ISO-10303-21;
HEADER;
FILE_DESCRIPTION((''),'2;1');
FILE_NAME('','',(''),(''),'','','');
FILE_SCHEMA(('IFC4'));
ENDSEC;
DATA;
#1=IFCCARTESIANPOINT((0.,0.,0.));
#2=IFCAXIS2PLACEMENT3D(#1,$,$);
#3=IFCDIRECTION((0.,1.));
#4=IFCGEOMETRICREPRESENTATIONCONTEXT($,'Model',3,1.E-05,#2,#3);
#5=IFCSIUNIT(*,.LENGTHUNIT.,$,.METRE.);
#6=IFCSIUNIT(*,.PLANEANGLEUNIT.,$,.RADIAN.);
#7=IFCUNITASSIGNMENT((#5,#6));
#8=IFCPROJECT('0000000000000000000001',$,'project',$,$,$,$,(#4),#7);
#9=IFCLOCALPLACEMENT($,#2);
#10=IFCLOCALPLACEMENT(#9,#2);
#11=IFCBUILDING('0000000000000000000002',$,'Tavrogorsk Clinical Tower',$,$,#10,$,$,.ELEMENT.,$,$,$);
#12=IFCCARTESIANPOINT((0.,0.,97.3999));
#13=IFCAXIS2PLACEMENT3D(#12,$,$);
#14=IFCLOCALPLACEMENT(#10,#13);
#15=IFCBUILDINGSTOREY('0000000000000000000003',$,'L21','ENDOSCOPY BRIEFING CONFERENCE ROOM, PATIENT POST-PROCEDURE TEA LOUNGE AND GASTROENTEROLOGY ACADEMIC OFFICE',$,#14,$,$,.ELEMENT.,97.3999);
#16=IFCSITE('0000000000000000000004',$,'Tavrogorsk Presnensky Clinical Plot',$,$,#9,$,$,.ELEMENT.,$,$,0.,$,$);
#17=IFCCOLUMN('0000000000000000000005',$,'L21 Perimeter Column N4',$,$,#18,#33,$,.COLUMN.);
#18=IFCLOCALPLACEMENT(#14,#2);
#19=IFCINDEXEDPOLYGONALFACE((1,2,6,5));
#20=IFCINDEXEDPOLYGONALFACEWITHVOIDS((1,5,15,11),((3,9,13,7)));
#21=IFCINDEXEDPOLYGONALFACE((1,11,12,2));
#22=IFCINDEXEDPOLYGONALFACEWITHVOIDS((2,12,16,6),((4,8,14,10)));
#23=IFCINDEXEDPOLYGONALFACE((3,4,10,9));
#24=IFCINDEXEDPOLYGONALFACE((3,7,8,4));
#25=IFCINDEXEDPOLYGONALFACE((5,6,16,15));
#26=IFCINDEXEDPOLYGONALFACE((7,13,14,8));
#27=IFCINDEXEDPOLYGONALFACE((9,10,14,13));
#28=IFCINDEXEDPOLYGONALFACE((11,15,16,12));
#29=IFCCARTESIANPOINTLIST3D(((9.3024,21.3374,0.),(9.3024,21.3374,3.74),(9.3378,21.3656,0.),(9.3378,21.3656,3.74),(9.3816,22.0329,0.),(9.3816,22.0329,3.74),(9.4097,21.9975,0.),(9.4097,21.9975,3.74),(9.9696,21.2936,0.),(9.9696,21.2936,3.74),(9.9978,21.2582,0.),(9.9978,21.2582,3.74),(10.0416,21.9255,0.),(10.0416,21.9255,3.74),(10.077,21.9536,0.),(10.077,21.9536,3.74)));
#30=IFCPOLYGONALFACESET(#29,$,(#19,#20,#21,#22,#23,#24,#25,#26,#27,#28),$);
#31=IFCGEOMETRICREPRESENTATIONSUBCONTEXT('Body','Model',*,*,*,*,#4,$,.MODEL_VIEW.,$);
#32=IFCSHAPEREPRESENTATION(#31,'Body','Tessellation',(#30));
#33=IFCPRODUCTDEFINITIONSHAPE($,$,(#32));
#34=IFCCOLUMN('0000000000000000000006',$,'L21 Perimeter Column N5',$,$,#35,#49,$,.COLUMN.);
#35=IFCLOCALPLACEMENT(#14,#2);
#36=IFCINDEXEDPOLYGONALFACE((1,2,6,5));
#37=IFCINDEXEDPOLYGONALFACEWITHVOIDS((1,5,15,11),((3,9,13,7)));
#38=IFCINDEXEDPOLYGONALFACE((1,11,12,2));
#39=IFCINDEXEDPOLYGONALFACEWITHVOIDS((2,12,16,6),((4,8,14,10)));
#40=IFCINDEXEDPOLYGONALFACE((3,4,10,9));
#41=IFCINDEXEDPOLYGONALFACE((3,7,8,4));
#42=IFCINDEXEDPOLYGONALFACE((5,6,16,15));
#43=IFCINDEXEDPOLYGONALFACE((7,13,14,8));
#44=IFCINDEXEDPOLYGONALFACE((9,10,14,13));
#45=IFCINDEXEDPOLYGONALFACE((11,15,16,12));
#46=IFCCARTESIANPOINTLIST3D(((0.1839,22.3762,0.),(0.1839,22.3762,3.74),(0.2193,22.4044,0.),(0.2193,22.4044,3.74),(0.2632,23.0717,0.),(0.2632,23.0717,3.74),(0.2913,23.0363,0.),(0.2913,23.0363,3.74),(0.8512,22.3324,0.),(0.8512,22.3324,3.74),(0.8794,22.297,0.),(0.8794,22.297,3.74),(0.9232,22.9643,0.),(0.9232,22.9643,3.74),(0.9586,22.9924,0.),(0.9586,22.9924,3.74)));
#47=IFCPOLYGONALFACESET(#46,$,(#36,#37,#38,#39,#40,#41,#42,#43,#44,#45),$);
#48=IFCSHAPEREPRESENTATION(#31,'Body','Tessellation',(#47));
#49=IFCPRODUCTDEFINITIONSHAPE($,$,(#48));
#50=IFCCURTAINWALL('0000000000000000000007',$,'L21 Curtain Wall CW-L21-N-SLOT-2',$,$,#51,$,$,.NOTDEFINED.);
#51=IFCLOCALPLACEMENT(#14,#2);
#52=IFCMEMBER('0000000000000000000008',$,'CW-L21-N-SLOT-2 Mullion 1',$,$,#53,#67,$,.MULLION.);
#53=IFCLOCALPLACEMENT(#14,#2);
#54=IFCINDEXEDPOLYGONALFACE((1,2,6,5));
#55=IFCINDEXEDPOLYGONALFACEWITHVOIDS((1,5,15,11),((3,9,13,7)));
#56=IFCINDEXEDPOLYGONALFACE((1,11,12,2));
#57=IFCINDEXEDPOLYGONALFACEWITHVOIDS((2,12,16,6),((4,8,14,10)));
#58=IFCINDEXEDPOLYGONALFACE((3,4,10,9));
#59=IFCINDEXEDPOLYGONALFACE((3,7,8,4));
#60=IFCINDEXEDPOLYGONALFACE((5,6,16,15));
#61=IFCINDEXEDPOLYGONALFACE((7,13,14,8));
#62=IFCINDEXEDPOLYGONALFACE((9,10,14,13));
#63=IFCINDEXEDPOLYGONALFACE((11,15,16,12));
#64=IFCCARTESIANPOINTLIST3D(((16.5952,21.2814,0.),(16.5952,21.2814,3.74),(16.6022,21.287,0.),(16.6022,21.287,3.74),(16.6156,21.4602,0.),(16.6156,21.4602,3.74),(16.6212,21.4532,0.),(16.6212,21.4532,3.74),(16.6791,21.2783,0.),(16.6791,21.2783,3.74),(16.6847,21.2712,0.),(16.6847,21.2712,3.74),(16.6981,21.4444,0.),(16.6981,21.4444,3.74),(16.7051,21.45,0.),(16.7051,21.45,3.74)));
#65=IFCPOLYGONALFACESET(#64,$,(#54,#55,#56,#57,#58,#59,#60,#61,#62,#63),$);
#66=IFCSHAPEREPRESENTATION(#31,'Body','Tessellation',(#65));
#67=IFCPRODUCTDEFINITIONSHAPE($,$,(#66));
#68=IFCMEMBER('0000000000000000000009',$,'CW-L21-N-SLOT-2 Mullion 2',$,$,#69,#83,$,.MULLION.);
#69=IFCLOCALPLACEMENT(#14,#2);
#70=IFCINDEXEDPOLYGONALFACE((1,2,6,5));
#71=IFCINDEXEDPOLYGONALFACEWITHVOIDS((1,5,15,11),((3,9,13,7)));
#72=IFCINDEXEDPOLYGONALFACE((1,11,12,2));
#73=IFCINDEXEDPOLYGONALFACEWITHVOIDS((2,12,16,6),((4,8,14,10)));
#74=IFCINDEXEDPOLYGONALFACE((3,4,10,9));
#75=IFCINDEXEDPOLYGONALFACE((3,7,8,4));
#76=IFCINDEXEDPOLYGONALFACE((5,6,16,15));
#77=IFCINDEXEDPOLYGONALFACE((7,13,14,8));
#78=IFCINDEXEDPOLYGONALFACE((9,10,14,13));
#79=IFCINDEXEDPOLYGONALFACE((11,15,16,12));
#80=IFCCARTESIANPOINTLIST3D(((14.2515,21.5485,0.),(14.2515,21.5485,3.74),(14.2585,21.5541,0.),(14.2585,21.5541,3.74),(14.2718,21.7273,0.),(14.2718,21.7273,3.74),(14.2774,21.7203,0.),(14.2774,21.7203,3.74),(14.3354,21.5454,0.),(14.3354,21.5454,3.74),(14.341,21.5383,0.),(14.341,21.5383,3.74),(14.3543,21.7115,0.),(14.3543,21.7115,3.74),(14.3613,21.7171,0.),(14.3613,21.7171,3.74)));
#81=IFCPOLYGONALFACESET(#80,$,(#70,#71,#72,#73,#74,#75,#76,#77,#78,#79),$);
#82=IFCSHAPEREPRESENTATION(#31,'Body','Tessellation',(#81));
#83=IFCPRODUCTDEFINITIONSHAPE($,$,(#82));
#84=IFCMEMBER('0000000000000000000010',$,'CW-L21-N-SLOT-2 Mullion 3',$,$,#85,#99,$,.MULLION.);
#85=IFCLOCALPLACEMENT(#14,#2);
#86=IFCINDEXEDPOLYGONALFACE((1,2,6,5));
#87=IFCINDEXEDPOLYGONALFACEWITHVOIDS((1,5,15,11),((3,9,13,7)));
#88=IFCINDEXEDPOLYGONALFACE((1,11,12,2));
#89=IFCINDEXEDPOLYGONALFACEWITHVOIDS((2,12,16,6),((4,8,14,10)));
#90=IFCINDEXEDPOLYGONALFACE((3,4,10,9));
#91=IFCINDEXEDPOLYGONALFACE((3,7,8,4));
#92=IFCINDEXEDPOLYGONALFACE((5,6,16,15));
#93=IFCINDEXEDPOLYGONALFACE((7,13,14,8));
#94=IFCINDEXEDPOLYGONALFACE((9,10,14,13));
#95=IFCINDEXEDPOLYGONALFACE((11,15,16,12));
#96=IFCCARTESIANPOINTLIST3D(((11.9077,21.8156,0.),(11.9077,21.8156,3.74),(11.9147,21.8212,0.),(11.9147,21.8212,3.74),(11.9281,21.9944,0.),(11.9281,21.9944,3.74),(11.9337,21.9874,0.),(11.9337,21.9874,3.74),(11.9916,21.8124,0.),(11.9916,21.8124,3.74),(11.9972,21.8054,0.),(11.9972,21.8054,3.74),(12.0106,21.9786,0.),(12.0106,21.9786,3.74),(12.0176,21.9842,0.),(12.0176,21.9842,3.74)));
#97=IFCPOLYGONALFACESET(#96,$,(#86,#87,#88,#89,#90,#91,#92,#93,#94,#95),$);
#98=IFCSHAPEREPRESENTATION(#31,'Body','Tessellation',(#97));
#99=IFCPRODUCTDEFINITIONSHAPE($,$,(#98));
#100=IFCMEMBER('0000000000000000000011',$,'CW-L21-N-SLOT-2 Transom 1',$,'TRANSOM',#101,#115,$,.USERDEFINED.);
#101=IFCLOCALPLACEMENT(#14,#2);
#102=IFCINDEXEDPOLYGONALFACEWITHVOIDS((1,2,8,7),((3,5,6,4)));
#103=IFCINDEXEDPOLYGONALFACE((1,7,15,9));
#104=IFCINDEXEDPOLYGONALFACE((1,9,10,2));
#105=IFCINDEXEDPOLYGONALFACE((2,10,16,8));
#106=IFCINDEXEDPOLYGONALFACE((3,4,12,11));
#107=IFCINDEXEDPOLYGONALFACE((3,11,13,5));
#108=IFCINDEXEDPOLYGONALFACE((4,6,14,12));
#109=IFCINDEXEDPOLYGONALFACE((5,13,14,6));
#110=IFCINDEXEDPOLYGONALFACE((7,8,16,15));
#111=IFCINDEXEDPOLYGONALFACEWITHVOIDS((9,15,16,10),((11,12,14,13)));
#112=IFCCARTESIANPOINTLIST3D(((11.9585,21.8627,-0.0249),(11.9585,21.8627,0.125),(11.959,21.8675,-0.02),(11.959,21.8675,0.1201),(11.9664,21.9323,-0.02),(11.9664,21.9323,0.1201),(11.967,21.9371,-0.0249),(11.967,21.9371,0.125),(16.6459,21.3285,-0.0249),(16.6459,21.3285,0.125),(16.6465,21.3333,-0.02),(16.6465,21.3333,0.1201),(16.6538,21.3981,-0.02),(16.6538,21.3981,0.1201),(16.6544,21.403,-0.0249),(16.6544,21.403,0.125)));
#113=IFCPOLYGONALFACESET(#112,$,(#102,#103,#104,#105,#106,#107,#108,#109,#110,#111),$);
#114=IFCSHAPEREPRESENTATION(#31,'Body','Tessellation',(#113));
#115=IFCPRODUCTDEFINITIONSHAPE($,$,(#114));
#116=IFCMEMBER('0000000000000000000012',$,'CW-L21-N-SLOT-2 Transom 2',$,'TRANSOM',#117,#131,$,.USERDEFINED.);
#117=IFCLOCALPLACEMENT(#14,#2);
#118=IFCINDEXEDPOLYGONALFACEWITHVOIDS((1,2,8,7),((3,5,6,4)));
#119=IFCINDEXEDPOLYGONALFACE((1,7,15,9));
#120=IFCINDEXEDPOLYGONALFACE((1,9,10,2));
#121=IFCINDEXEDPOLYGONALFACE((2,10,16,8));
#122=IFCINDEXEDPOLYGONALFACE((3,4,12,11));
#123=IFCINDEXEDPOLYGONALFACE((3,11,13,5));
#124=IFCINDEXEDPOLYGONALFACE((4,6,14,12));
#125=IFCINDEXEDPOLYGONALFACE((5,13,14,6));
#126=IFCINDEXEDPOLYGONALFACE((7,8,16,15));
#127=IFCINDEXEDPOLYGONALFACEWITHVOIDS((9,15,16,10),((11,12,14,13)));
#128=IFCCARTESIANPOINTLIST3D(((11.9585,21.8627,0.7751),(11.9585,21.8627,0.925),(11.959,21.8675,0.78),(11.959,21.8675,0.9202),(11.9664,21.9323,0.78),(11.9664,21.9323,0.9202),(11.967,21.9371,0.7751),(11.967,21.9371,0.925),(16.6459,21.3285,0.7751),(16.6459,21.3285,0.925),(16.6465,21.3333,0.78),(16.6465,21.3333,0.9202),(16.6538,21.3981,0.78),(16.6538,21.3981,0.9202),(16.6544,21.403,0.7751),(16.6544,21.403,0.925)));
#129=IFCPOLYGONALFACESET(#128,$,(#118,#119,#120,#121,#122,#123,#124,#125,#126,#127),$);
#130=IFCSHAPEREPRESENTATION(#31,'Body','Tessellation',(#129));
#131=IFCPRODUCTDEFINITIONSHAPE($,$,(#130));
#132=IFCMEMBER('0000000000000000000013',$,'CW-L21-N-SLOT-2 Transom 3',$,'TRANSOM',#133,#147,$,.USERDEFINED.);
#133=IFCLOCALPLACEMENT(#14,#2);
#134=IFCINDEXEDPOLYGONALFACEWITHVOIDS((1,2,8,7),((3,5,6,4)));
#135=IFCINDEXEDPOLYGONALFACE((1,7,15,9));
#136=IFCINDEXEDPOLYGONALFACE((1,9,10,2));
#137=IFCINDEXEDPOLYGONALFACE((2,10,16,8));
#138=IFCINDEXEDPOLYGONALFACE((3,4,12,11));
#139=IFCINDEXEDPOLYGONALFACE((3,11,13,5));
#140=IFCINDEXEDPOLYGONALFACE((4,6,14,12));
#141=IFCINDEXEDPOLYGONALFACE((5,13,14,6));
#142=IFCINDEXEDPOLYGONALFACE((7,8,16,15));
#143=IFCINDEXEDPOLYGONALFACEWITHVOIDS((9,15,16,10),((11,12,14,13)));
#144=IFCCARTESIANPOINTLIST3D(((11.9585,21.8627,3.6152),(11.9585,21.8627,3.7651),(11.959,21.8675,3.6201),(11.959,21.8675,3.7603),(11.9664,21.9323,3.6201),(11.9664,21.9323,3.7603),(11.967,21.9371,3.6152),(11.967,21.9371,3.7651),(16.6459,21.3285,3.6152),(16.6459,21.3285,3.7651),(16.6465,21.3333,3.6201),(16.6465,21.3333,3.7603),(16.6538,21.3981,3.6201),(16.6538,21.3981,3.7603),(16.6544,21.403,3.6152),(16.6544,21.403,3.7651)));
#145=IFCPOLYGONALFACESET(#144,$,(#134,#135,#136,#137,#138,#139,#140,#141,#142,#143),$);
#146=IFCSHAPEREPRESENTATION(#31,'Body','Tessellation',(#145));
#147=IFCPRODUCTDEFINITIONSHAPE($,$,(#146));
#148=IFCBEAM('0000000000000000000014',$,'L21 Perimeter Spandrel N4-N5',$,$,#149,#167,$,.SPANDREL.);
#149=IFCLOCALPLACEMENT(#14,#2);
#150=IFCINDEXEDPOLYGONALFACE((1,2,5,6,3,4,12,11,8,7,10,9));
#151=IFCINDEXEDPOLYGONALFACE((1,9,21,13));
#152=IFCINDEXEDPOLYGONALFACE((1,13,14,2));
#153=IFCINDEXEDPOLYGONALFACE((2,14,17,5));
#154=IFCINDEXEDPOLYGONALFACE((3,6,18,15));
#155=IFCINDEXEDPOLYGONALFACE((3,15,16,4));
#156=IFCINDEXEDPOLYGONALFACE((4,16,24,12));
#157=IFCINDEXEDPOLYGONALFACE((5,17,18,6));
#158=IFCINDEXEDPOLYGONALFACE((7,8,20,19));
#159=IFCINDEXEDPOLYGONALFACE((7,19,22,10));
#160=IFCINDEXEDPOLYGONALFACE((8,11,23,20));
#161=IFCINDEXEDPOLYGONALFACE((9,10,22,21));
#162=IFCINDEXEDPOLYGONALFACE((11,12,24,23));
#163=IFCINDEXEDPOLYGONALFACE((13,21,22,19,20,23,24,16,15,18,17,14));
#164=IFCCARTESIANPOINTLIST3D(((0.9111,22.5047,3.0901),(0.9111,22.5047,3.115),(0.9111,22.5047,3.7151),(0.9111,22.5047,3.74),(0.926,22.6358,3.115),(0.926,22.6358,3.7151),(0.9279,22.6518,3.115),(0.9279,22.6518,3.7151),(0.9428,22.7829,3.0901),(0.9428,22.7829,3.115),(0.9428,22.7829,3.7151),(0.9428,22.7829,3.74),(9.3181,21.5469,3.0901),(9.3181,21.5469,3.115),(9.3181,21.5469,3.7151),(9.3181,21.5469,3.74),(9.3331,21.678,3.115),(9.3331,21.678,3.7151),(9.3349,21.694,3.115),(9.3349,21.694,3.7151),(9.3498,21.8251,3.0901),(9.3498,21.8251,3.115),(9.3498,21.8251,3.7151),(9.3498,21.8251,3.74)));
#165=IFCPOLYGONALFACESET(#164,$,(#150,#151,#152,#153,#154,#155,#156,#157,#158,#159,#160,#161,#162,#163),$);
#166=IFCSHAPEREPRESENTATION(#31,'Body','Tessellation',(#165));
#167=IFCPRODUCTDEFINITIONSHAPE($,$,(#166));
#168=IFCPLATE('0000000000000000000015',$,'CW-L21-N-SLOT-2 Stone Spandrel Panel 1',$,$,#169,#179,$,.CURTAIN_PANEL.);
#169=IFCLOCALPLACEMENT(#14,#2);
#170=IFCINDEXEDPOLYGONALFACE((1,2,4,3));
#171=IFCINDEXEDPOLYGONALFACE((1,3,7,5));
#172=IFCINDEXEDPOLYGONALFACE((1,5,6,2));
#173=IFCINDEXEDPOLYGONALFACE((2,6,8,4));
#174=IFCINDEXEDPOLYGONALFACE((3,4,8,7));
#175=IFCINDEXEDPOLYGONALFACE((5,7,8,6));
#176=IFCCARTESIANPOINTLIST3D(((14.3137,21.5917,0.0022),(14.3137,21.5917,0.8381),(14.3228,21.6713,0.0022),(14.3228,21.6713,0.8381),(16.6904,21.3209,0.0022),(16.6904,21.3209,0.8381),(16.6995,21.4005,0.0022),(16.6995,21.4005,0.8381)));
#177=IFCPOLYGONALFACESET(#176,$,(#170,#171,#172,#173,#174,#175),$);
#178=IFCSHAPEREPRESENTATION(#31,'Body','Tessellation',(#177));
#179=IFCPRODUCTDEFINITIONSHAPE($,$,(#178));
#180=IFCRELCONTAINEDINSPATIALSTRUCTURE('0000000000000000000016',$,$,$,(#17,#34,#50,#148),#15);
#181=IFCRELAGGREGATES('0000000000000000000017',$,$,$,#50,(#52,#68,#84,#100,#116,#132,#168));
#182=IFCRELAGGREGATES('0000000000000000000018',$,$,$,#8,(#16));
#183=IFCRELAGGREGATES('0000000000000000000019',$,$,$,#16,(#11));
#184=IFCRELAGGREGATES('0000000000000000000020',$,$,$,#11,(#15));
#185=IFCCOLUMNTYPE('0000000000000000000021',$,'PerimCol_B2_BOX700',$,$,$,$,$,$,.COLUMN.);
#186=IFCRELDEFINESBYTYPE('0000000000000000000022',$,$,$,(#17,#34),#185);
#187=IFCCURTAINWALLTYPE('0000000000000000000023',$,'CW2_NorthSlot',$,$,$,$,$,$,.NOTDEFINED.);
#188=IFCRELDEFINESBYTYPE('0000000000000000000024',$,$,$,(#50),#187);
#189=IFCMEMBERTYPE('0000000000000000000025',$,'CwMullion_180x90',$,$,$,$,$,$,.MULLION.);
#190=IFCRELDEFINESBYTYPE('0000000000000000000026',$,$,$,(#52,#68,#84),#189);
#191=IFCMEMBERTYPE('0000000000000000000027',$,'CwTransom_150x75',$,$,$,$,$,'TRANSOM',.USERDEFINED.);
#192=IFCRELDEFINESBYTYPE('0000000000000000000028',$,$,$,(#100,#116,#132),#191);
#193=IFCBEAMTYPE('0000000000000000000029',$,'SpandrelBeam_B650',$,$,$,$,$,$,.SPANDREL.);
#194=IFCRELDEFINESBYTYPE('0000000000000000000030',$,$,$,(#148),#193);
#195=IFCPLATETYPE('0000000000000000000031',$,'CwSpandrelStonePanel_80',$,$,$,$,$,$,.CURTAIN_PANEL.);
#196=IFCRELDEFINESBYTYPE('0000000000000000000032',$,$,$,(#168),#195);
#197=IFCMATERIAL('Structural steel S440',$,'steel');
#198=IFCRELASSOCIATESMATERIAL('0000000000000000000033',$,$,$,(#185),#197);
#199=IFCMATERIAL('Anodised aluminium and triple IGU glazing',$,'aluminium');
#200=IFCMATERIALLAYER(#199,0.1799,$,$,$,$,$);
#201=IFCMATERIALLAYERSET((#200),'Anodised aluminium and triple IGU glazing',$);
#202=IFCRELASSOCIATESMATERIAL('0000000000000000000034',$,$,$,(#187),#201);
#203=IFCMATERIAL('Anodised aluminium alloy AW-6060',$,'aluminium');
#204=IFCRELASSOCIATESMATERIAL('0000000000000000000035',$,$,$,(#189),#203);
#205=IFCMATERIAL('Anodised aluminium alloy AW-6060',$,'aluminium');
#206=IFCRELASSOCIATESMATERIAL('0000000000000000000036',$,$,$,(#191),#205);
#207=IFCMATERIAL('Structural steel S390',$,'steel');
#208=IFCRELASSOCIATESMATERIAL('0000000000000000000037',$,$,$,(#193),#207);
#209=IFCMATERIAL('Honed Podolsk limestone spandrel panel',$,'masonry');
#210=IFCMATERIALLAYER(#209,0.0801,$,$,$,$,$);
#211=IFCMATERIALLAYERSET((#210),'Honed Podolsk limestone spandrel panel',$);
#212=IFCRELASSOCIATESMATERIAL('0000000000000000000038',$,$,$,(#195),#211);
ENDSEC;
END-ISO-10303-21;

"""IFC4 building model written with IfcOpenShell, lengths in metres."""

from ifc_helpers import new_model, si_unit, direction, frame, origin, origin_2d, place, context, subcontext, project, spatial, rectangle, hollow_rectangle, i_section, extrude, material, layer, layer_set, material_profile, profile_set, type_object, element, aggregate, save


model = new_model("IFC4")

# Units and contexts
model_context = context("Model", 3, precision=1e-05, world=origin(), true_north=direction((0.0, 1.0)))
body_context = subcontext(model_context, "Body", "Model", "MODEL_VIEW")
ifc_project = project(units=[si_unit("LENGTHUNIT", "METRE"), si_unit("PLANEANGLEUNIT", "RADIAN")], contexts=[model_context])

# Site, building, storey
site_placement = place(None, origin())
site = spatial("IfcSite", under=ifc_project, at=site_placement, Name="Tavrogorsk Presnensky Clinical Plot", CompositionType="ELEMENT", RefElevation=0.0)
building_placement = place(site_placement, origin())
building = spatial("IfcBuilding", under=site, at=building_placement, Name="Tavrogorsk Clinical Tower", CompositionType="ELEMENT")
storey_placement = place(building_placement, frame((0.0, 0.0, 97.3999)))
storey = spatial("IfcBuildingStorey", under=building, at=storey_placement, Name="L21", Description="ENDOSCOPY BRIEFING CONFERENCE ROOM, PATIENT POST-PROCEDURE TEA LOUNGE AND GASTROENTEROLOGY ACADEMIC OFFICE", CompositionType="ELEMENT", Elevation=97.3999)

# Columns
ifc_material_1 = material(Name="Structural steel S440", Category="steel")
ifc_material_profile_1 = material_profile(ifc_material_1, hollow_rectangle(XDim=0.7, YDim=0.7, WallThickness=0.032, at=origin_2d()), Name="BOX-700x700x32")
ifc_profile_set_1 = profile_set([ifc_material_profile_1], Name="Structural steel S440")
column_type = type_object("IfcColumnType", Name="PerimCol_B2_BOX700", PredefinedType="COLUMN", material=ifc_profile_set_1)
for number, where, z_axis, x_axis, name in (
    (1, (9.6897, 21.6455, 0.0), (0.0, 0.0, 1.0), (0.993572, -0.113203, 0.0), "L21 Perimeter Column N4"),
    (2, (0.5713, 22.6843, 0.0), (0.0, 0.0, 1.0), (0.993572, -0.113203, 0.0), "L21 Perimeter Column N5"),
):
    element("IfcColumn", number, at=place(storey_placement, frame(where, z_axis=z_axis, x_axis=x_axis)), inside=storey, type_object=column_type, Name=name, PredefinedType="COLUMN", context=body_context, shape_type="SweptSolid", body=[
        extrude(hollow_rectangle(XDim=0.7, YDim=0.7, WallThickness=0.032, at=origin_2d()), origin(), (0.0, 0.0, 1.0), 3.74),
    ])

# Curtain wall, members
ifc_material_2 = material(Name="Anodised aluminium and triple IGU glazing", Category="aluminium")
ifc_layer_1 = layer(ifc_material_2, 0.1799)
ifc_layer_set_1 = layer_set([ifc_layer_1], Name="Anodised aluminium and triple IGU glazing")
curtain_wall_type = type_object("IfcCurtainWallType", Name="CW2_NorthSlot", PredefinedType="NOTDEFINED", material=ifc_layer_set_1)
curtain_wall_placement = place(storey_placement, origin())
curtain_wall = element("IfcCurtainWall", 3, at=curtain_wall_placement, inside=storey, type_object=curtain_wall_type, Name="L21 Curtain Wall CW-L21-N-SLOT-2", PredefinedType="NOTDEFINED")
ifc_material_3 = material(Name="Anodised aluminium alloy AW-6060", Category="aluminium")
ifc_material_profile_2 = material_profile(ifc_material_3, hollow_rectangle(XDim=0.0901, YDim=0.1799, WallThickness=0.0063, at=origin_2d()), Name="RHS-180x90x6.3")
ifc_profile_set_2 = profile_set([ifc_material_profile_2], Name="Anodised aluminium alloy AW-6060")
member_type_1 = type_object("IfcMemberType", Name="CwMullion_180x90", PredefinedType="MULLION", material=ifc_profile_set_2)
member_1_placement = place(storey_placement, frame((16.6501, 21.3657, 0.0), z_axis=(0.0, 0.0, 1.0), x_axis=(-0.993572, 0.113203, 0.0)))
member_1 = element("IfcMember", 4, at=member_1_placement, type_object=member_type_1, Name="CW-L21-N-SLOT-2 Mullion 1", PredefinedType="MULLION", context=body_context, shape_type="SweptSolid", body=[
    extrude(hollow_rectangle(XDim=0.0901, YDim=0.1799, WallThickness=0.0063, at=origin_2d()), origin(), (0.0, 0.0, 1.0), 3.74),
])
member_2_placement = place(storey_placement, frame((14.3064, 21.6328, 0.0), z_axis=(0.0, 0.0, 1.0), x_axis=(-0.993572, 0.113203, 0.0)))
member_2 = element("IfcMember", 5, at=member_2_placement, type_object=member_type_1, Name="CW-L21-N-SLOT-2 Mullion 2", PredefinedType="MULLION", context=body_context, shape_type="SweptSolid", body=[
    extrude(hollow_rectangle(XDim=0.0901, YDim=0.1799, WallThickness=0.0063, at=origin_2d()), origin(), (0.0, 0.0, 1.0), 3.74),
])
member_3_placement = place(storey_placement, frame((11.9626, 21.8999, 0.0), z_axis=(0.0, 0.0, 1.0), x_axis=(-0.993572, 0.113203, 0.0)))
member_3 = element("IfcMember", 6, at=member_3_placement, type_object=member_type_1, Name="CW-L21-N-SLOT-2 Mullion 3", PredefinedType="MULLION", context=body_context, shape_type="SweptSolid", body=[
    extrude(hollow_rectangle(XDim=0.0901, YDim=0.1799, WallThickness=0.0063, at=origin_2d()), origin(), (0.0, 0.0, 1.0), 3.74),
])
ifc_material_4 = material(Name="Anodised aluminium alloy AW-6060", Category="aluminium")
ifc_material_profile_3 = material_profile(ifc_material_4, hollow_rectangle(XDim=0.075, YDim=0.1499, WallThickness=0.0049, at=origin_2d()), Name="RHS-150x75x5")
ifc_profile_set_3 = profile_set([ifc_material_profile_3], Name="Anodised aluminium alloy AW-6060")
member_type_2 = type_object("IfcMemberType", Name="CwTransom_150x75", ElementType="TRANSOM", PredefinedType="USERDEFINED", material=ifc_profile_set_3)
member_4_placement = place(storey_placement, frame((16.6501, 21.3657, 0.05), z_axis=(-0.993569, 0.113226, 0.0), x_axis=(-0.113226, -0.993569, 0.0)))
member_4 = element("IfcMember", 7, at=member_4_placement, type_object=member_type_2, Name="CW-L21-N-SLOT-2 Transom 1", ObjectType="TRANSOM", PredefinedType="USERDEFINED", context=body_context, shape_type="SweptSolid", body=[
    extrude(hollow_rectangle(XDim=0.075, YDim=0.1499, WallThickness=0.0049, at=origin_2d()), origin(), (0.0, 0.0, 1.0), 4.7178),
])
member_5_placement = place(storey_placement, frame((16.6501, 21.3657, 0.8501), z_axis=(-0.993569, 0.113226, 0.0), x_axis=(-0.113226, -0.993569, 0.0)))
member_5 = element("IfcMember", 8, at=member_5_placement, type_object=member_type_2, Name="CW-L21-N-SLOT-2 Transom 2", ObjectType="TRANSOM", PredefinedType="USERDEFINED", context=body_context, shape_type="SweptSolid", body=[
    extrude(hollow_rectangle(XDim=0.075, YDim=0.1499, WallThickness=0.0049, at=origin_2d()), origin(), (0.0, 0.0, 1.0), 4.7178),
])
member_6_placement = place(storey_placement, frame((16.6501, 21.3657, 3.6902), z_axis=(-0.993569, 0.113226, 0.0), x_axis=(-0.113226, -0.993569, 0.0)))
member_6 = element("IfcMember", 9, at=member_6_placement, type_object=member_type_2, Name="CW-L21-N-SLOT-2 Transom 3", ObjectType="TRANSOM", PredefinedType="USERDEFINED", context=body_context, shape_type="SweptSolid", body=[
    extrude(hollow_rectangle(XDim=0.075, YDim=0.1499, WallThickness=0.0049, at=origin_2d()), origin(), (0.0, 0.0, 1.0), 4.7178),
])

# Beam
ifc_material_5 = material(Name="Structural steel S390", Category="steel")
ifc_material_profile_4 = material_profile(ifc_material_5, i_section(OverallWidth=0.28, OverallDepth=0.6499, WebThickness=0.0161, FlangeThickness=0.0249, at=origin_2d()), Name="B-650x280x16x25")
ifc_profile_set_4 = profile_set([ifc_material_profile_4], Name="Structural steel S390")
beam_type = type_object("IfcBeamType", Name="SpandrelBeam_B650", PredefinedType="SPANDREL", material=ifc_profile_set_4)
beam_placement = place(storey_placement, frame((9.334, 21.686, 3.415), z_axis=(-0.993573, 0.113193, 0.0), x_axis=(-0.113193, -0.993573, 0.0)))
element("IfcBeam", 10, at=beam_placement, inside=storey, type_object=beam_type, Name="L21 Perimeter Spandrel N4-N5", PredefinedType="SPANDREL", context=body_context, shape_type="SweptSolid", body=[
    extrude(i_section(OverallWidth=0.28, OverallDepth=0.6499, WebThickness=0.0161, FlangeThickness=0.0249, at=origin_2d()), origin(), (0.0, 0.0, 1.0), 8.4614),
])

# Plate
ifc_material_6 = material(Name="Honed Podolsk limestone spandrel panel", Category="masonry")
ifc_layer_2 = layer(ifc_material_6, 0.0801)
ifc_layer_set_2 = layer_set([ifc_layer_2], Name="Honed Podolsk limestone spandrel panel")
plate_type_1 = type_object("IfcPlateType", Name="CwSpandrelStonePanel_80", PredefinedType="CURTAIN_PANEL", material=ifc_layer_set_2)
plate_1_placement = place(storey_placement, frame((15.5066, 21.4961, 0.0022), z_axis=(0.0, 0.0, 1.0), x_axis=(-0.993572, 0.113203, 0.0)))
plate_1 = element("IfcPlate", 11, at=plate_1_placement, type_object=plate_type_1, Name="CW-L21-N-SLOT-2 Stone Spandrel Panel 1", PredefinedType="CURTAIN_PANEL", context=body_context, shape_type="SweptSolid", body=[
    extrude(rectangle(XDim=2.3921, YDim=0.0801, at=origin_2d()), origin(), (0.0, 0.0, 1.0), 0.8359),
])
aggregate(curtain_wall, [member_1, member_2, member_3, member_4, member_5, member_6, plate_1])

save(model, "model.ifc")
